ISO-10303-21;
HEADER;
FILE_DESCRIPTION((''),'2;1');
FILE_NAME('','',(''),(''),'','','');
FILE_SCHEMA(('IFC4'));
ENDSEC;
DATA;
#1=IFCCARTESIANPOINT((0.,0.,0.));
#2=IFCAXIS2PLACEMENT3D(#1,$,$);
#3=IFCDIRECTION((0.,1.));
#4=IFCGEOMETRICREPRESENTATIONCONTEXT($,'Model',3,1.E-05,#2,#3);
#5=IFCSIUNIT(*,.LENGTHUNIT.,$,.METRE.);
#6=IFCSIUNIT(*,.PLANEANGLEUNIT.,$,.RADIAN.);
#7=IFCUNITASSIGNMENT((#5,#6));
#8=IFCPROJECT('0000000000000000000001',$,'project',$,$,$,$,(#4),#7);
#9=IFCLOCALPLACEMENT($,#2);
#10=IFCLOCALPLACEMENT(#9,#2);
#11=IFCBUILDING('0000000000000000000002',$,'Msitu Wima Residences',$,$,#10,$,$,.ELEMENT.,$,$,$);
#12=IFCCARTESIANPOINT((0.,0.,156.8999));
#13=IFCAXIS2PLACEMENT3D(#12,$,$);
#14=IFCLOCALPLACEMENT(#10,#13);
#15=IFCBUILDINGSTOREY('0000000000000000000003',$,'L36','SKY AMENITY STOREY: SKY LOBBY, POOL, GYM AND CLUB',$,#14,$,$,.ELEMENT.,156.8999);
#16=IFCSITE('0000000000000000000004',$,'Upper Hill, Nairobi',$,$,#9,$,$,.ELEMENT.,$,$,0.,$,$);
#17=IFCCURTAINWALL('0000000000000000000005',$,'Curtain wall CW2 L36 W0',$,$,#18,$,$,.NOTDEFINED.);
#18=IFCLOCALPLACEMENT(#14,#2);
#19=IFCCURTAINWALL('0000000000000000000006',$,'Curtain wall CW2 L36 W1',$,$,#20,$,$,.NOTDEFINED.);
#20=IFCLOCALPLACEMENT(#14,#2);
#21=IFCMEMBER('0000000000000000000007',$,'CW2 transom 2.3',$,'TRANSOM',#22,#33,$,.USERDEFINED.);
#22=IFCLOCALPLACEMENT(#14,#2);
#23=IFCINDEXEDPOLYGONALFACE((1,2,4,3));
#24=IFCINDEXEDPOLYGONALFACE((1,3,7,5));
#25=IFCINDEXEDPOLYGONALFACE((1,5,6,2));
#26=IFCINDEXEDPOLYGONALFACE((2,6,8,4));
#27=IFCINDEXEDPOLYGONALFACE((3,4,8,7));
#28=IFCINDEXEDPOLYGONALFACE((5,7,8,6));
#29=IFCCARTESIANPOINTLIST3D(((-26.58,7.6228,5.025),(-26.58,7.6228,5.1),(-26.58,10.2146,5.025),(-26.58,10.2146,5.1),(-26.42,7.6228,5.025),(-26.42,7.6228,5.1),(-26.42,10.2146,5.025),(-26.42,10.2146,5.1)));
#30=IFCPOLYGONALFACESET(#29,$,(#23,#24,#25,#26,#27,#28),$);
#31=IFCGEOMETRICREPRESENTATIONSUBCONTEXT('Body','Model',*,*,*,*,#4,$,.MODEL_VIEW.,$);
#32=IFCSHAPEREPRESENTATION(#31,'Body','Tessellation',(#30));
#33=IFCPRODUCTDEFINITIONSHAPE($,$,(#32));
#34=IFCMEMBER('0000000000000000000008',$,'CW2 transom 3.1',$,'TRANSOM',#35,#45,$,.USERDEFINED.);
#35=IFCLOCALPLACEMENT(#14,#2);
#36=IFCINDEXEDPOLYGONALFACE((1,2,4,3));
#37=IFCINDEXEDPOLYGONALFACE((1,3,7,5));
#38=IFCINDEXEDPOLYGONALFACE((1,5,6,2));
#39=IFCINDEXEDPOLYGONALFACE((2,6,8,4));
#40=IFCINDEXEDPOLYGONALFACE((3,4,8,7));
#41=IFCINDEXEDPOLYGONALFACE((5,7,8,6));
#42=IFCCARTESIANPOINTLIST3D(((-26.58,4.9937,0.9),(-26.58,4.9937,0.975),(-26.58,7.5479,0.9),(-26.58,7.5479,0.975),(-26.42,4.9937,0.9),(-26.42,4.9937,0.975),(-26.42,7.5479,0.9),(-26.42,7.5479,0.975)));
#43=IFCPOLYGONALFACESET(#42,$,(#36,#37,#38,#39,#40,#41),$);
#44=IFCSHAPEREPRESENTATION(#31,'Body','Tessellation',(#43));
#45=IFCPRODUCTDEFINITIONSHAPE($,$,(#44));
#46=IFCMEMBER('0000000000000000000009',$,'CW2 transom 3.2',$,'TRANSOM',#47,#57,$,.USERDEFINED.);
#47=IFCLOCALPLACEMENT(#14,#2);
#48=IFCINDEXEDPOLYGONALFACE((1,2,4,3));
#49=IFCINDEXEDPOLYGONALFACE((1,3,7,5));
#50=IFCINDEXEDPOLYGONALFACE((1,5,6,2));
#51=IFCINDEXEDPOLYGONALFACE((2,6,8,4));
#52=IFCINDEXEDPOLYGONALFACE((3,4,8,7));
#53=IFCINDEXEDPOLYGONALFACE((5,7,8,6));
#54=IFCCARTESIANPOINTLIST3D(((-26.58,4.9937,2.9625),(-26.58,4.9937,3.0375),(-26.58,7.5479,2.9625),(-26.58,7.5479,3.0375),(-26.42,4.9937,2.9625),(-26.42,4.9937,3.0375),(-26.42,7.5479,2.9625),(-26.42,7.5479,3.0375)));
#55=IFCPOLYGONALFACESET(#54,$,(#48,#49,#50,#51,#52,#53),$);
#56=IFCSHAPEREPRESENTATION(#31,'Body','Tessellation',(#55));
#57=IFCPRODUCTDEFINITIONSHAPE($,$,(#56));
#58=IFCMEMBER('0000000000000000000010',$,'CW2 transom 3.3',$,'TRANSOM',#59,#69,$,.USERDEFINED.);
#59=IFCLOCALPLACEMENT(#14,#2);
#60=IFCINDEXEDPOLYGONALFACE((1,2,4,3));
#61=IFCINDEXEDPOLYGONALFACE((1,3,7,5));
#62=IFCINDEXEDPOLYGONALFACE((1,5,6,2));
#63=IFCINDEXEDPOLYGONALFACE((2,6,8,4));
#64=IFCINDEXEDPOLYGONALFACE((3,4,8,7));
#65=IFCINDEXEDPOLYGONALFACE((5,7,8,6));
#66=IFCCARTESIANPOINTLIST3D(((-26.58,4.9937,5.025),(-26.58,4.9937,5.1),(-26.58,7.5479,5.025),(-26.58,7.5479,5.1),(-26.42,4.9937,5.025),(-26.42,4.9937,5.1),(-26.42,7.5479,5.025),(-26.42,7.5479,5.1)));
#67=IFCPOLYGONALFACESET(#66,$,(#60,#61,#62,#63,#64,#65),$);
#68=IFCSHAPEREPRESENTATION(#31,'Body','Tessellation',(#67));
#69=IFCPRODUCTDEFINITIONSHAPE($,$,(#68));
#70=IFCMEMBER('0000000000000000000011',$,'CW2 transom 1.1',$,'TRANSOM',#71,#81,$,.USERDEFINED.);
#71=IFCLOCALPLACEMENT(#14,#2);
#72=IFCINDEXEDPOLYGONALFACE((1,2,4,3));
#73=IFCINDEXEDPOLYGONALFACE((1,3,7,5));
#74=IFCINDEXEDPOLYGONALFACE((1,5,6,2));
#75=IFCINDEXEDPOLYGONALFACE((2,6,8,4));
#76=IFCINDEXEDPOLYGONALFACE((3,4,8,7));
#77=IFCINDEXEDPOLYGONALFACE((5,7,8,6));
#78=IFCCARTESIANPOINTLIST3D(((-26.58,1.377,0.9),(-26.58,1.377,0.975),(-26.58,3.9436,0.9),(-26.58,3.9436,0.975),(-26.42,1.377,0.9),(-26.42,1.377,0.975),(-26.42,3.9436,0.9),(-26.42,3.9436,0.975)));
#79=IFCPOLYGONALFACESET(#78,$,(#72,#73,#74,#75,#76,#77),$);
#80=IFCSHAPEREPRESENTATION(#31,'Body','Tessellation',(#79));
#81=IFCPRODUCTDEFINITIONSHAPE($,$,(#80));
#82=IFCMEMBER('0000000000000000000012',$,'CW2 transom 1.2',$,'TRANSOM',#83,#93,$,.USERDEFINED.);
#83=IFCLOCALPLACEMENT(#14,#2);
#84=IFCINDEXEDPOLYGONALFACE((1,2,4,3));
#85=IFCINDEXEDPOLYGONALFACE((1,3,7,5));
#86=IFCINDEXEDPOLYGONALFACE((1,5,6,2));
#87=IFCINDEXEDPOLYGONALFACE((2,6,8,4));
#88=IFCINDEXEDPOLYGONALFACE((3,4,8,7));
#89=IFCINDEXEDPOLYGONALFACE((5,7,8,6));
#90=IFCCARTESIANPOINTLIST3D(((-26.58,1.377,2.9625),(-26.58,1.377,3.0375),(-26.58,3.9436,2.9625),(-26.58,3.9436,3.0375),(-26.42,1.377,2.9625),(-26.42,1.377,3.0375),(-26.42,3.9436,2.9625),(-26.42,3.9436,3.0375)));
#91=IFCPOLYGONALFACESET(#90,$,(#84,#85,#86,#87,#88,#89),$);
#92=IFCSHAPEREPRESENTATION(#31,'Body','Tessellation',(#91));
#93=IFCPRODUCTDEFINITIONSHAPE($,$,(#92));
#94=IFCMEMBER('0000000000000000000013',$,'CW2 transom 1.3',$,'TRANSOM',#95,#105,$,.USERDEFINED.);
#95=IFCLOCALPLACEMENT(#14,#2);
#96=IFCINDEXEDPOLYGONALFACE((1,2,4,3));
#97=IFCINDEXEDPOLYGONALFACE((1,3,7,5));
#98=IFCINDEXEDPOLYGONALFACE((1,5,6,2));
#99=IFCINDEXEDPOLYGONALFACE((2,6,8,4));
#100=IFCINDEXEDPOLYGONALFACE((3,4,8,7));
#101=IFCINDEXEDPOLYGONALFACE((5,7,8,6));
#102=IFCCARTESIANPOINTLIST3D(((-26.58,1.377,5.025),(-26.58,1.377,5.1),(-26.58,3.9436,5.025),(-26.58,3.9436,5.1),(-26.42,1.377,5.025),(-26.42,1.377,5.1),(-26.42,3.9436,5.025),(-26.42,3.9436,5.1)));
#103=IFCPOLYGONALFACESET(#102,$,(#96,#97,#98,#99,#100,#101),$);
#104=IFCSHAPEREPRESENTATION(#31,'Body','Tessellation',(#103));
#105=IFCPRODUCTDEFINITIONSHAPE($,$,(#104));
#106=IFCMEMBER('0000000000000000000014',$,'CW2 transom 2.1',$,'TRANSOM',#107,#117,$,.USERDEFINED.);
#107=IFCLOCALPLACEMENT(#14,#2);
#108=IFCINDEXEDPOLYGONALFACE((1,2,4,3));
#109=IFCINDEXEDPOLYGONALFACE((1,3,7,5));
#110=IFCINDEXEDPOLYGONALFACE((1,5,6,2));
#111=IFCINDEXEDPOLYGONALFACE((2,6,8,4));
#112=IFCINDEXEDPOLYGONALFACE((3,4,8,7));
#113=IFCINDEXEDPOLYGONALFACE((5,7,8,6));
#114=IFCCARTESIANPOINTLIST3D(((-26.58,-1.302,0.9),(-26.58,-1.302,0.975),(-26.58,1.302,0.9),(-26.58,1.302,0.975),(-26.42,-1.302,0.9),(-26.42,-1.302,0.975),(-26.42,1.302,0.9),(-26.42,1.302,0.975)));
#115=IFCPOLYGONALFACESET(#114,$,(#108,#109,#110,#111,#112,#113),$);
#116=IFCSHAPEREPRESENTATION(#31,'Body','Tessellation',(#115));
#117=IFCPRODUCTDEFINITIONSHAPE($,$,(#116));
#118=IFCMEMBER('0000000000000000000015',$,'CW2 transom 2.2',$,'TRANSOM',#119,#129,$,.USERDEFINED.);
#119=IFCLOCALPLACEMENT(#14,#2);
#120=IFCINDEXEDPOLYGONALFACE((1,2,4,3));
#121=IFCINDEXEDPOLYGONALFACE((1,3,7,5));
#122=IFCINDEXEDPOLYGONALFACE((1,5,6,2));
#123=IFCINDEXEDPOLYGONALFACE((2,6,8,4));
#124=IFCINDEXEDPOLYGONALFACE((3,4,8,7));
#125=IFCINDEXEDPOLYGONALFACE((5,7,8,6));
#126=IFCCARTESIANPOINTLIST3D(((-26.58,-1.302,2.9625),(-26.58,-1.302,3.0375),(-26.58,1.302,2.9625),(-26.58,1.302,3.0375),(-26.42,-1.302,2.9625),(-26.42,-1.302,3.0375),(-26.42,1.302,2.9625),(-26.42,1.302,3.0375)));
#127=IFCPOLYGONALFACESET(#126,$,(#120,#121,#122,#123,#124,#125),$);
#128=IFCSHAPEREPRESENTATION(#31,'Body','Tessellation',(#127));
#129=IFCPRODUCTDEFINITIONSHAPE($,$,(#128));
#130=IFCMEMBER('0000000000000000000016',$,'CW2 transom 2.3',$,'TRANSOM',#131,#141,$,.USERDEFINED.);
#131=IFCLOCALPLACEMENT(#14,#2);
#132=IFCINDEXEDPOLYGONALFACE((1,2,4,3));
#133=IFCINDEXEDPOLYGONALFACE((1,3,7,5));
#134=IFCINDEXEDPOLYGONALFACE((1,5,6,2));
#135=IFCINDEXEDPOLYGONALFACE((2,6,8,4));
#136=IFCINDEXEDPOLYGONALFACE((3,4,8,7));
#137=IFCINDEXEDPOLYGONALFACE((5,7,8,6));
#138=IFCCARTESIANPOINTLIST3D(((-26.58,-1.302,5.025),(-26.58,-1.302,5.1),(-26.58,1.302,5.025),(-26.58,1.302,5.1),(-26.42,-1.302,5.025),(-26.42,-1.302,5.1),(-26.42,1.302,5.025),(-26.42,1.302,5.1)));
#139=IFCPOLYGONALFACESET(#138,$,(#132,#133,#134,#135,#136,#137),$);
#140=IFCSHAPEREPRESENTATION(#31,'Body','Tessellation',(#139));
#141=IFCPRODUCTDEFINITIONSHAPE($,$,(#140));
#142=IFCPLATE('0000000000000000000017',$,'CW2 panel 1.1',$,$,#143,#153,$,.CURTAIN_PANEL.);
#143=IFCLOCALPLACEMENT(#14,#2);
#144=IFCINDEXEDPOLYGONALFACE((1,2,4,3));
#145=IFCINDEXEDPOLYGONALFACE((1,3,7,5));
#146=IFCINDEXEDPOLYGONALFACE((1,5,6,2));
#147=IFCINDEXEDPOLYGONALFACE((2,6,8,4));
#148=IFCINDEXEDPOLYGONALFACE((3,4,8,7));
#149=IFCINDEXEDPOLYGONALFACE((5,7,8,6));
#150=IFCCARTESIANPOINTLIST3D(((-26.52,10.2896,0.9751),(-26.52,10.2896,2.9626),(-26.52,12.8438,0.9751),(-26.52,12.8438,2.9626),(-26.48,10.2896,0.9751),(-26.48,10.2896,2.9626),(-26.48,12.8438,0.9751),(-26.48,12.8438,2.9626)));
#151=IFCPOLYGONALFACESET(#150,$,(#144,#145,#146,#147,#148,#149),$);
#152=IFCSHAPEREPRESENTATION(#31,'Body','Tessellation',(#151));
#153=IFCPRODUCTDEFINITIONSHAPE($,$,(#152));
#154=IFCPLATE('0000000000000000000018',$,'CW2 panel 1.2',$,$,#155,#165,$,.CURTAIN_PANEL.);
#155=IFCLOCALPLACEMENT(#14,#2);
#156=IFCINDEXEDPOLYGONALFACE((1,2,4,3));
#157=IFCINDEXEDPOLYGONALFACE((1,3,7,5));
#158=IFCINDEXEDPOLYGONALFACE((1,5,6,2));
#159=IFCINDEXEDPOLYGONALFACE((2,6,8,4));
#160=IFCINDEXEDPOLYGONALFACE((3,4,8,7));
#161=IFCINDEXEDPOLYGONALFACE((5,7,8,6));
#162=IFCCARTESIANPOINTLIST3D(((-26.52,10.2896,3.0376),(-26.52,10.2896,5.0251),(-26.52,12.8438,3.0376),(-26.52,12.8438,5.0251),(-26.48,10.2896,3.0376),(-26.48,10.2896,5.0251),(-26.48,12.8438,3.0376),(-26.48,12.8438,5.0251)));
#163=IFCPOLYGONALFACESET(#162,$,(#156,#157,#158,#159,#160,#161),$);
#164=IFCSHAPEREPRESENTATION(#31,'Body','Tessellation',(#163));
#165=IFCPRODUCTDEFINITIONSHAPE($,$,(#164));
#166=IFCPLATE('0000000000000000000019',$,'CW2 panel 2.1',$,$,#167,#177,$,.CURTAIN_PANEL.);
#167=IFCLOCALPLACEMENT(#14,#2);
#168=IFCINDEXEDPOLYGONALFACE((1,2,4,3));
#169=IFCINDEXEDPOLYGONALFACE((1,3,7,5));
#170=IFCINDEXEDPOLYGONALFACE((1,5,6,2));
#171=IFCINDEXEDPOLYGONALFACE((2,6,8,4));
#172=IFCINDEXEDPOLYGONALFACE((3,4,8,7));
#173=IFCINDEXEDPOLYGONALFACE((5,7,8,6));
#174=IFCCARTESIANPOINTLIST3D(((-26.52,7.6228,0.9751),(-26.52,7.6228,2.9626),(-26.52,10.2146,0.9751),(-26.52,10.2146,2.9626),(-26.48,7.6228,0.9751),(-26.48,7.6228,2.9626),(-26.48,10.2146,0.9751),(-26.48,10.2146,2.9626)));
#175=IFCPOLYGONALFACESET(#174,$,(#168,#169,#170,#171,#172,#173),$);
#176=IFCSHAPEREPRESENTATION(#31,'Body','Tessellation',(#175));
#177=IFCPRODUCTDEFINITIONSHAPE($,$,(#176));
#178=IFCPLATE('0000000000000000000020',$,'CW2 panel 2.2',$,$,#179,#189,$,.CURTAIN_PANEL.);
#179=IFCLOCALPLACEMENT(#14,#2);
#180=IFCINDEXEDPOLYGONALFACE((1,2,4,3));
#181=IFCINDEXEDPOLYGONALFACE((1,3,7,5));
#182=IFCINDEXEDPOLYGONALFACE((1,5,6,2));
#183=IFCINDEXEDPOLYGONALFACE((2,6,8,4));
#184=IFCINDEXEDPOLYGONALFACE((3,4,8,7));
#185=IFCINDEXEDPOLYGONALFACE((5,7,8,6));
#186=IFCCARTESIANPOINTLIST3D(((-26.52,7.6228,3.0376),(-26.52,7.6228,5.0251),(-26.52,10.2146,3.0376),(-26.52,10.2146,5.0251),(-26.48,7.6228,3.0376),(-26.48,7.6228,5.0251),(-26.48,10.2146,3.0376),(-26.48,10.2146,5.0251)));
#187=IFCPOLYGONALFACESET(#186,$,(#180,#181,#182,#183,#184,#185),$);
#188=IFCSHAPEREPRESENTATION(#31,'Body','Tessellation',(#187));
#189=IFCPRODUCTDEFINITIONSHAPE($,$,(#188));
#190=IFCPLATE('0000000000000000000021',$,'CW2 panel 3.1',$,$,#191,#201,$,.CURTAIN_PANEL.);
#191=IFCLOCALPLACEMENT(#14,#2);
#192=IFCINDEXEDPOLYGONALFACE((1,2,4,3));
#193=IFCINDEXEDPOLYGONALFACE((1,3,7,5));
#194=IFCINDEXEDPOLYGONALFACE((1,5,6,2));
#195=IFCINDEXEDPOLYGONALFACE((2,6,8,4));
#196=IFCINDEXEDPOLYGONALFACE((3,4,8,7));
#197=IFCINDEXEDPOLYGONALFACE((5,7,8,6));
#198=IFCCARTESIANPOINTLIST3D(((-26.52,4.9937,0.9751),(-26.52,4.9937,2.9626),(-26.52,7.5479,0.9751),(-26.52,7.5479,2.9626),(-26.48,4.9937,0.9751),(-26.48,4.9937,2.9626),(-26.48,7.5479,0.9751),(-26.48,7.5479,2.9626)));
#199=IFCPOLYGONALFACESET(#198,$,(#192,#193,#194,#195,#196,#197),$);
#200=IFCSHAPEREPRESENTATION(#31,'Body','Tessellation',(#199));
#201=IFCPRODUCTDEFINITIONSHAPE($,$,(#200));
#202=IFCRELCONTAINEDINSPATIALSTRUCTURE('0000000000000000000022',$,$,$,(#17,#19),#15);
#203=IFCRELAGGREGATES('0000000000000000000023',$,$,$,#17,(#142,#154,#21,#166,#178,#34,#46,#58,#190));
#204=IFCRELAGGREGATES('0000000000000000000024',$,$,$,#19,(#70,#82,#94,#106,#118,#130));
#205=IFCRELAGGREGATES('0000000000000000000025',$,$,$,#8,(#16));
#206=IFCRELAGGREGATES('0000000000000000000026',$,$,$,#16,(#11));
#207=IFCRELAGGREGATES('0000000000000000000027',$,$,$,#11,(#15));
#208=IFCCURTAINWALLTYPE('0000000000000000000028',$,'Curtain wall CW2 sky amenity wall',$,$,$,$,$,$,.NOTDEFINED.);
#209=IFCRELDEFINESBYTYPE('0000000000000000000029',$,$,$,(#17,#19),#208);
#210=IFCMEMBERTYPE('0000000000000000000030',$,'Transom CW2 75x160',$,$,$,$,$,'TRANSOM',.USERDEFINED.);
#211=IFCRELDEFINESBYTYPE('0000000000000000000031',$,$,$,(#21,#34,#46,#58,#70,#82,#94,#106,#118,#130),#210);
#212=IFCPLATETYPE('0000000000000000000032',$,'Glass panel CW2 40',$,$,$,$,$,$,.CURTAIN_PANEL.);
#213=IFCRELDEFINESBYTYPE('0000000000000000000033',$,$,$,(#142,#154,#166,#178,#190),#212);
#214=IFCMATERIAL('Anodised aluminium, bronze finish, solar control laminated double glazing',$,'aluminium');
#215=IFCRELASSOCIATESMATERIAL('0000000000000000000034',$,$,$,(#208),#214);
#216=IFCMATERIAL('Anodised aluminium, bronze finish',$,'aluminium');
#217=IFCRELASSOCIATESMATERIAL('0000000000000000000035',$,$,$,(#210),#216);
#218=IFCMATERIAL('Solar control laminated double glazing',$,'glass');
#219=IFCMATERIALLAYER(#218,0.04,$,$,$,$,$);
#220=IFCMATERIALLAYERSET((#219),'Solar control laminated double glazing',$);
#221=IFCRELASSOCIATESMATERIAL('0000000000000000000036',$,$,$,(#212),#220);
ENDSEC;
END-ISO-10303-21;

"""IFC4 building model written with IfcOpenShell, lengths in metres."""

from ifc_helpers import new_model, si_unit, direction, frame, origin, origin_2d, place, context, subcontext, project, spatial, rectangle, extrude, material, layer, layer_set, material_profile, profile_set, type_object, element, aggregate, save


model = new_model("IFC4")

# Units and contexts
model_context = context("Model", 3, precision=1e-05, world=origin(), true_north=direction((0.0, 1.0)))
body_context = subcontext(model_context, "Body", "Model", "MODEL_VIEW")
ifc_project = project(units=[si_unit("LENGTHUNIT", "METRE"), si_unit("PLANEANGLEUNIT", "RADIAN")], contexts=[model_context])

# Site, building, storey
site_placement = place(None, origin())
site = spatial("IfcSite", under=ifc_project, at=site_placement, Name="Upper Hill, Nairobi", CompositionType="ELEMENT", RefElevation=0.0)
building_placement = place(site_placement, origin())
building = spatial("IfcBuilding", under=site, at=building_placement, Name="Msitu Wima Residences", CompositionType="ELEMENT")
storey_placement = place(building_placement, frame((0.0, 0.0, 156.8999)))
storey = spatial("IfcBuildingStorey", under=building, at=storey_placement, Name="L36", Description="SKY AMENITY STOREY: SKY LOBBY, POOL, GYM AND CLUB", CompositionType="ELEMENT", Elevation=156.8999)

# Curtain walls
ifc_material_1 = material(Name="Anodised aluminium, bronze finish, solar control laminated double glazing", Category="aluminium")
curtain_wall_type = type_object("IfcCurtainWallType", Name="Curtain wall CW2 sky amenity wall", PredefinedType="NOTDEFINED", material=ifc_material_1)
curtain_wall_1_placement = place(storey_placement, origin())
curtain_wall_1 = element("IfcCurtainWall", 1, at=curtain_wall_1_placement, inside=storey, type_object=curtain_wall_type, Name="Curtain wall CW2 L36 W0", PredefinedType="NOTDEFINED")
ifc_material_2 = material(Name="Anodised aluminium, bronze finish", Category="aluminium")
curtain_wall_2_placement = place(storey_placement, origin())
curtain_wall_2 = element("IfcCurtainWall", 2, at=curtain_wall_2_placement, inside=storey, type_object=curtain_wall_type, Name="Curtain wall CW2 L36 W1", PredefinedType="NOTDEFINED")

# Members
ifc_material_profile_1 = material_profile(ifc_material_2, rectangle(XDim=0.1599, YDim=0.075, at=origin_2d()), Name="Transom 75x160")
ifc_profile_set_1 = profile_set([ifc_material_profile_1], Name="Anodised aluminium, bronze finish")
member_type_1 = type_object("IfcMemberType", Name="Transom CW2 75x160", ElementType="TRANSOM", PredefinedType="USERDEFINED", material=ifc_profile_set_1)
member_1_placement = place(storey_placement, frame((-26.5, 10.2146, 5.0625), z_axis=(0.0, -1.0, 0.0), x_axis=(1.0, 0.0, 0.0)))
member_1 = element("IfcMember", 3, at=member_1_placement, type_object=member_type_1, Name="CW2 transom 2.3", ObjectType="TRANSOM", PredefinedType="USERDEFINED", context=body_context, shape_type="SweptSolid", body=[
    extrude(rectangle(XDim=0.1599, YDim=0.075, at=origin_2d()), origin(), (0.0, 0.0, 1.0), 2.5918),
])
member_2_placement = place(storey_placement, frame((-26.5, 7.5479, 0.9375), z_axis=(0.0, -1.0, 0.0), x_axis=(1.0, 0.0, 0.0)))
member_2 = element("IfcMember", 4, at=member_2_placement, type_object=member_type_1, Name="CW2 transom 3.1", ObjectType="TRANSOM", PredefinedType="USERDEFINED", context=body_context, shape_type="SweptSolid", body=[
    extrude(rectangle(XDim=0.1599, YDim=0.075, at=origin_2d()), origin(), (0.0, 0.0, 1.0), 2.5542),
])
member_3_placement = place(storey_placement, frame((-26.5, 7.5479, 3.0), z_axis=(0.0, -1.0, 0.0), x_axis=(1.0, 0.0, 0.0)))
member_3 = element("IfcMember", 5, at=member_3_placement, type_object=member_type_1, Name="CW2 transom 3.2", ObjectType="TRANSOM", PredefinedType="USERDEFINED", context=body_context, shape_type="SweptSolid", body=[
    extrude(rectangle(XDim=0.1599, YDim=0.075, at=origin_2d()), origin(), (0.0, 0.0, 1.0), 2.5542),
])
member_4_placement = place(storey_placement, frame((-26.5, 7.5479, 5.0625), z_axis=(0.0, -1.0, 0.0), x_axis=(1.0, 0.0, 0.0)))
member_4 = element("IfcMember", 6, at=member_4_placement, type_object=member_type_1, Name="CW2 transom 3.3", ObjectType="TRANSOM", PredefinedType="USERDEFINED", context=body_context, shape_type="SweptSolid", body=[
    extrude(rectangle(XDim=0.1599, YDim=0.075, at=origin_2d()), origin(), (0.0, 0.0, 1.0), 2.5542),
])
member_5_placement = place(storey_placement, frame((-26.5, 3.9436, 0.9375), z_axis=(0.0, -1.0, 0.0), x_axis=(1.0, 0.0, 0.0)))
member_5 = element("IfcMember", 7, at=member_5_placement, type_object=member_type_1, Name="CW2 transom 1.1", ObjectType="TRANSOM", PredefinedType="USERDEFINED", context=body_context, shape_type="SweptSolid", body=[
    extrude(rectangle(XDim=0.1599, YDim=0.075, at=origin_2d()), origin(), (0.0, 0.0, 1.0), 2.5667),
])
member_6_placement = place(storey_placement, frame((-26.5, 3.9436, 3.0), z_axis=(0.0, -1.0, 0.0), x_axis=(1.0, 0.0, 0.0)))
member_6 = element("IfcMember", 8, at=member_6_placement, type_object=member_type_1, Name="CW2 transom 1.2", ObjectType="TRANSOM", PredefinedType="USERDEFINED", context=body_context, shape_type="SweptSolid", body=[
    extrude(rectangle(XDim=0.1599, YDim=0.075, at=origin_2d()), origin(), (0.0, 0.0, 1.0), 2.5667),
])
member_7_placement = place(storey_placement, frame((-26.5, 3.9436, 5.0625), z_axis=(0.0, -1.0, 0.0), x_axis=(1.0, 0.0, 0.0)))
member_7 = element("IfcMember", 9, at=member_7_placement, type_object=member_type_1, Name="CW2 transom 1.3", ObjectType="TRANSOM", PredefinedType="USERDEFINED", context=body_context, shape_type="SweptSolid", body=[
    extrude(rectangle(XDim=0.1599, YDim=0.075, at=origin_2d()), origin(), (0.0, 0.0, 1.0), 2.5667),
])
member_8_placement = place(storey_placement, frame((-26.5, 1.302, 0.9375), z_axis=(0.0, -1.0, 0.0), x_axis=(1.0, 0.0, 0.0)))
member_8 = element("IfcMember", 10, at=member_8_placement, type_object=member_type_1, Name="CW2 transom 2.1", ObjectType="TRANSOM", PredefinedType="USERDEFINED", context=body_context, shape_type="SweptSolid", body=[
    extrude(rectangle(XDim=0.1599, YDim=0.075, at=origin_2d()), origin(), (0.0, 0.0, 1.0), 2.604),
])
member_9_placement = place(storey_placement, frame((-26.5, 1.302, 3.0), z_axis=(0.0, -1.0, 0.0), x_axis=(1.0, 0.0, 0.0)))
member_9 = element("IfcMember", 11, at=member_9_placement, type_object=member_type_1, Name="CW2 transom 2.2", ObjectType="TRANSOM", PredefinedType="USERDEFINED", context=body_context, shape_type="SweptSolid", body=[
    extrude(rectangle(XDim=0.1599, YDim=0.075, at=origin_2d()), origin(), (0.0, 0.0, 1.0), 2.604),
])
member_10_placement = place(storey_placement, frame((-26.5, 1.302, 5.0625), z_axis=(0.0, -1.0, 0.0), x_axis=(1.0, 0.0, 0.0)))
member_10 = element("IfcMember", 12, at=member_10_placement, type_object=member_type_1, Name="CW2 transom 2.3", ObjectType="TRANSOM", PredefinedType="USERDEFINED", context=body_context, shape_type="SweptSolid", body=[
    extrude(rectangle(XDim=0.1599, YDim=0.075, at=origin_2d()), origin(), (0.0, 0.0, 1.0), 2.604),
])

# Plates
ifc_material_3 = material(Name="Solar control laminated double glazing", Category="glass")
ifc_layer_1 = layer(ifc_material_3, 0.04)
ifc_layer_set_1 = layer_set([ifc_layer_1], Name="Solar control laminated double glazing")
plate_type = type_object("IfcPlateType", Name="Glass panel CW2 40", PredefinedType="CURTAIN_PANEL", material=ifc_layer_set_1)
plate_1_placement = place(storey_placement, frame((-26.5, 11.5667, 0.9751), z_axis=(0.0, 0.0, 1.0), x_axis=(0.0, -1.0, 0.0)))
plate_1 = element("IfcPlate", 13, at=plate_1_placement, type_object=plate_type, Name="CW2 panel 1.1", PredefinedType="CURTAIN_PANEL", context=body_context, shape_type="SweptSolid", body=[
    extrude(rectangle(XDim=2.5542, YDim=0.04, at=origin_2d()), origin(), (0.0, 0.0, 1.0), 1.9875),
])
plate_2_placement = place(storey_placement, frame((-26.5, 11.5667, 3.0376), z_axis=(0.0, 0.0, 1.0), x_axis=(0.0, -1.0, 0.0)))
plate_2 = element("IfcPlate", 14, at=plate_2_placement, type_object=plate_type, Name="CW2 panel 1.2", PredefinedType="CURTAIN_PANEL", context=body_context, shape_type="SweptSolid", body=[
    extrude(rectangle(XDim=2.5542, YDim=0.04, at=origin_2d()), origin(), (0.0, 0.0, 1.0), 1.9875),
])
plate_3_placement = place(storey_placement, frame((-26.5, 8.9187, 0.9751), z_axis=(0.0, 0.0, 1.0), x_axis=(0.0, -1.0, 0.0)))
plate_3 = element("IfcPlate", 15, at=plate_3_placement, type_object=plate_type, Name="CW2 panel 2.1", PredefinedType="CURTAIN_PANEL", context=body_context, shape_type="SweptSolid", body=[
    extrude(rectangle(XDim=2.5918, YDim=0.04, at=origin_2d()), origin(), (0.0, 0.0, 1.0), 1.9875),
])
plate_4_placement = place(storey_placement, frame((-26.5, 8.9187, 3.0376), z_axis=(0.0, 0.0, 1.0), x_axis=(0.0, -1.0, 0.0)))
plate_4 = element("IfcPlate", 16, at=plate_4_placement, type_object=plate_type, Name="CW2 panel 2.2", PredefinedType="CURTAIN_PANEL", context=body_context, shape_type="SweptSolid", body=[
    extrude(rectangle(XDim=2.5918, YDim=0.04, at=origin_2d()), origin(), (0.0, 0.0, 1.0), 1.9875),
])
plate_5_placement = place(storey_placement, frame((-26.5, 6.2708, 0.9751), z_axis=(0.0, 0.0, 1.0), x_axis=(0.0, -1.0, 0.0)))
plate_5 = element("IfcPlate", 17, at=plate_5_placement, type_object=plate_type, Name="CW2 panel 3.1", PredefinedType="CURTAIN_PANEL", context=body_context, shape_type="SweptSolid", body=[
    extrude(rectangle(XDim=2.5542, YDim=0.04, at=origin_2d()), origin(), (0.0, 0.0, 1.0), 1.9875),
])
aggregate(curtain_wall_1, [plate_1, plate_2, member_1, plate_3, plate_4, member_2, member_3, member_4, plate_5])
aggregate(curtain_wall_2, [member_5, member_6, member_7, member_8, member_9, member_10])

save(model, "model.ifc")
